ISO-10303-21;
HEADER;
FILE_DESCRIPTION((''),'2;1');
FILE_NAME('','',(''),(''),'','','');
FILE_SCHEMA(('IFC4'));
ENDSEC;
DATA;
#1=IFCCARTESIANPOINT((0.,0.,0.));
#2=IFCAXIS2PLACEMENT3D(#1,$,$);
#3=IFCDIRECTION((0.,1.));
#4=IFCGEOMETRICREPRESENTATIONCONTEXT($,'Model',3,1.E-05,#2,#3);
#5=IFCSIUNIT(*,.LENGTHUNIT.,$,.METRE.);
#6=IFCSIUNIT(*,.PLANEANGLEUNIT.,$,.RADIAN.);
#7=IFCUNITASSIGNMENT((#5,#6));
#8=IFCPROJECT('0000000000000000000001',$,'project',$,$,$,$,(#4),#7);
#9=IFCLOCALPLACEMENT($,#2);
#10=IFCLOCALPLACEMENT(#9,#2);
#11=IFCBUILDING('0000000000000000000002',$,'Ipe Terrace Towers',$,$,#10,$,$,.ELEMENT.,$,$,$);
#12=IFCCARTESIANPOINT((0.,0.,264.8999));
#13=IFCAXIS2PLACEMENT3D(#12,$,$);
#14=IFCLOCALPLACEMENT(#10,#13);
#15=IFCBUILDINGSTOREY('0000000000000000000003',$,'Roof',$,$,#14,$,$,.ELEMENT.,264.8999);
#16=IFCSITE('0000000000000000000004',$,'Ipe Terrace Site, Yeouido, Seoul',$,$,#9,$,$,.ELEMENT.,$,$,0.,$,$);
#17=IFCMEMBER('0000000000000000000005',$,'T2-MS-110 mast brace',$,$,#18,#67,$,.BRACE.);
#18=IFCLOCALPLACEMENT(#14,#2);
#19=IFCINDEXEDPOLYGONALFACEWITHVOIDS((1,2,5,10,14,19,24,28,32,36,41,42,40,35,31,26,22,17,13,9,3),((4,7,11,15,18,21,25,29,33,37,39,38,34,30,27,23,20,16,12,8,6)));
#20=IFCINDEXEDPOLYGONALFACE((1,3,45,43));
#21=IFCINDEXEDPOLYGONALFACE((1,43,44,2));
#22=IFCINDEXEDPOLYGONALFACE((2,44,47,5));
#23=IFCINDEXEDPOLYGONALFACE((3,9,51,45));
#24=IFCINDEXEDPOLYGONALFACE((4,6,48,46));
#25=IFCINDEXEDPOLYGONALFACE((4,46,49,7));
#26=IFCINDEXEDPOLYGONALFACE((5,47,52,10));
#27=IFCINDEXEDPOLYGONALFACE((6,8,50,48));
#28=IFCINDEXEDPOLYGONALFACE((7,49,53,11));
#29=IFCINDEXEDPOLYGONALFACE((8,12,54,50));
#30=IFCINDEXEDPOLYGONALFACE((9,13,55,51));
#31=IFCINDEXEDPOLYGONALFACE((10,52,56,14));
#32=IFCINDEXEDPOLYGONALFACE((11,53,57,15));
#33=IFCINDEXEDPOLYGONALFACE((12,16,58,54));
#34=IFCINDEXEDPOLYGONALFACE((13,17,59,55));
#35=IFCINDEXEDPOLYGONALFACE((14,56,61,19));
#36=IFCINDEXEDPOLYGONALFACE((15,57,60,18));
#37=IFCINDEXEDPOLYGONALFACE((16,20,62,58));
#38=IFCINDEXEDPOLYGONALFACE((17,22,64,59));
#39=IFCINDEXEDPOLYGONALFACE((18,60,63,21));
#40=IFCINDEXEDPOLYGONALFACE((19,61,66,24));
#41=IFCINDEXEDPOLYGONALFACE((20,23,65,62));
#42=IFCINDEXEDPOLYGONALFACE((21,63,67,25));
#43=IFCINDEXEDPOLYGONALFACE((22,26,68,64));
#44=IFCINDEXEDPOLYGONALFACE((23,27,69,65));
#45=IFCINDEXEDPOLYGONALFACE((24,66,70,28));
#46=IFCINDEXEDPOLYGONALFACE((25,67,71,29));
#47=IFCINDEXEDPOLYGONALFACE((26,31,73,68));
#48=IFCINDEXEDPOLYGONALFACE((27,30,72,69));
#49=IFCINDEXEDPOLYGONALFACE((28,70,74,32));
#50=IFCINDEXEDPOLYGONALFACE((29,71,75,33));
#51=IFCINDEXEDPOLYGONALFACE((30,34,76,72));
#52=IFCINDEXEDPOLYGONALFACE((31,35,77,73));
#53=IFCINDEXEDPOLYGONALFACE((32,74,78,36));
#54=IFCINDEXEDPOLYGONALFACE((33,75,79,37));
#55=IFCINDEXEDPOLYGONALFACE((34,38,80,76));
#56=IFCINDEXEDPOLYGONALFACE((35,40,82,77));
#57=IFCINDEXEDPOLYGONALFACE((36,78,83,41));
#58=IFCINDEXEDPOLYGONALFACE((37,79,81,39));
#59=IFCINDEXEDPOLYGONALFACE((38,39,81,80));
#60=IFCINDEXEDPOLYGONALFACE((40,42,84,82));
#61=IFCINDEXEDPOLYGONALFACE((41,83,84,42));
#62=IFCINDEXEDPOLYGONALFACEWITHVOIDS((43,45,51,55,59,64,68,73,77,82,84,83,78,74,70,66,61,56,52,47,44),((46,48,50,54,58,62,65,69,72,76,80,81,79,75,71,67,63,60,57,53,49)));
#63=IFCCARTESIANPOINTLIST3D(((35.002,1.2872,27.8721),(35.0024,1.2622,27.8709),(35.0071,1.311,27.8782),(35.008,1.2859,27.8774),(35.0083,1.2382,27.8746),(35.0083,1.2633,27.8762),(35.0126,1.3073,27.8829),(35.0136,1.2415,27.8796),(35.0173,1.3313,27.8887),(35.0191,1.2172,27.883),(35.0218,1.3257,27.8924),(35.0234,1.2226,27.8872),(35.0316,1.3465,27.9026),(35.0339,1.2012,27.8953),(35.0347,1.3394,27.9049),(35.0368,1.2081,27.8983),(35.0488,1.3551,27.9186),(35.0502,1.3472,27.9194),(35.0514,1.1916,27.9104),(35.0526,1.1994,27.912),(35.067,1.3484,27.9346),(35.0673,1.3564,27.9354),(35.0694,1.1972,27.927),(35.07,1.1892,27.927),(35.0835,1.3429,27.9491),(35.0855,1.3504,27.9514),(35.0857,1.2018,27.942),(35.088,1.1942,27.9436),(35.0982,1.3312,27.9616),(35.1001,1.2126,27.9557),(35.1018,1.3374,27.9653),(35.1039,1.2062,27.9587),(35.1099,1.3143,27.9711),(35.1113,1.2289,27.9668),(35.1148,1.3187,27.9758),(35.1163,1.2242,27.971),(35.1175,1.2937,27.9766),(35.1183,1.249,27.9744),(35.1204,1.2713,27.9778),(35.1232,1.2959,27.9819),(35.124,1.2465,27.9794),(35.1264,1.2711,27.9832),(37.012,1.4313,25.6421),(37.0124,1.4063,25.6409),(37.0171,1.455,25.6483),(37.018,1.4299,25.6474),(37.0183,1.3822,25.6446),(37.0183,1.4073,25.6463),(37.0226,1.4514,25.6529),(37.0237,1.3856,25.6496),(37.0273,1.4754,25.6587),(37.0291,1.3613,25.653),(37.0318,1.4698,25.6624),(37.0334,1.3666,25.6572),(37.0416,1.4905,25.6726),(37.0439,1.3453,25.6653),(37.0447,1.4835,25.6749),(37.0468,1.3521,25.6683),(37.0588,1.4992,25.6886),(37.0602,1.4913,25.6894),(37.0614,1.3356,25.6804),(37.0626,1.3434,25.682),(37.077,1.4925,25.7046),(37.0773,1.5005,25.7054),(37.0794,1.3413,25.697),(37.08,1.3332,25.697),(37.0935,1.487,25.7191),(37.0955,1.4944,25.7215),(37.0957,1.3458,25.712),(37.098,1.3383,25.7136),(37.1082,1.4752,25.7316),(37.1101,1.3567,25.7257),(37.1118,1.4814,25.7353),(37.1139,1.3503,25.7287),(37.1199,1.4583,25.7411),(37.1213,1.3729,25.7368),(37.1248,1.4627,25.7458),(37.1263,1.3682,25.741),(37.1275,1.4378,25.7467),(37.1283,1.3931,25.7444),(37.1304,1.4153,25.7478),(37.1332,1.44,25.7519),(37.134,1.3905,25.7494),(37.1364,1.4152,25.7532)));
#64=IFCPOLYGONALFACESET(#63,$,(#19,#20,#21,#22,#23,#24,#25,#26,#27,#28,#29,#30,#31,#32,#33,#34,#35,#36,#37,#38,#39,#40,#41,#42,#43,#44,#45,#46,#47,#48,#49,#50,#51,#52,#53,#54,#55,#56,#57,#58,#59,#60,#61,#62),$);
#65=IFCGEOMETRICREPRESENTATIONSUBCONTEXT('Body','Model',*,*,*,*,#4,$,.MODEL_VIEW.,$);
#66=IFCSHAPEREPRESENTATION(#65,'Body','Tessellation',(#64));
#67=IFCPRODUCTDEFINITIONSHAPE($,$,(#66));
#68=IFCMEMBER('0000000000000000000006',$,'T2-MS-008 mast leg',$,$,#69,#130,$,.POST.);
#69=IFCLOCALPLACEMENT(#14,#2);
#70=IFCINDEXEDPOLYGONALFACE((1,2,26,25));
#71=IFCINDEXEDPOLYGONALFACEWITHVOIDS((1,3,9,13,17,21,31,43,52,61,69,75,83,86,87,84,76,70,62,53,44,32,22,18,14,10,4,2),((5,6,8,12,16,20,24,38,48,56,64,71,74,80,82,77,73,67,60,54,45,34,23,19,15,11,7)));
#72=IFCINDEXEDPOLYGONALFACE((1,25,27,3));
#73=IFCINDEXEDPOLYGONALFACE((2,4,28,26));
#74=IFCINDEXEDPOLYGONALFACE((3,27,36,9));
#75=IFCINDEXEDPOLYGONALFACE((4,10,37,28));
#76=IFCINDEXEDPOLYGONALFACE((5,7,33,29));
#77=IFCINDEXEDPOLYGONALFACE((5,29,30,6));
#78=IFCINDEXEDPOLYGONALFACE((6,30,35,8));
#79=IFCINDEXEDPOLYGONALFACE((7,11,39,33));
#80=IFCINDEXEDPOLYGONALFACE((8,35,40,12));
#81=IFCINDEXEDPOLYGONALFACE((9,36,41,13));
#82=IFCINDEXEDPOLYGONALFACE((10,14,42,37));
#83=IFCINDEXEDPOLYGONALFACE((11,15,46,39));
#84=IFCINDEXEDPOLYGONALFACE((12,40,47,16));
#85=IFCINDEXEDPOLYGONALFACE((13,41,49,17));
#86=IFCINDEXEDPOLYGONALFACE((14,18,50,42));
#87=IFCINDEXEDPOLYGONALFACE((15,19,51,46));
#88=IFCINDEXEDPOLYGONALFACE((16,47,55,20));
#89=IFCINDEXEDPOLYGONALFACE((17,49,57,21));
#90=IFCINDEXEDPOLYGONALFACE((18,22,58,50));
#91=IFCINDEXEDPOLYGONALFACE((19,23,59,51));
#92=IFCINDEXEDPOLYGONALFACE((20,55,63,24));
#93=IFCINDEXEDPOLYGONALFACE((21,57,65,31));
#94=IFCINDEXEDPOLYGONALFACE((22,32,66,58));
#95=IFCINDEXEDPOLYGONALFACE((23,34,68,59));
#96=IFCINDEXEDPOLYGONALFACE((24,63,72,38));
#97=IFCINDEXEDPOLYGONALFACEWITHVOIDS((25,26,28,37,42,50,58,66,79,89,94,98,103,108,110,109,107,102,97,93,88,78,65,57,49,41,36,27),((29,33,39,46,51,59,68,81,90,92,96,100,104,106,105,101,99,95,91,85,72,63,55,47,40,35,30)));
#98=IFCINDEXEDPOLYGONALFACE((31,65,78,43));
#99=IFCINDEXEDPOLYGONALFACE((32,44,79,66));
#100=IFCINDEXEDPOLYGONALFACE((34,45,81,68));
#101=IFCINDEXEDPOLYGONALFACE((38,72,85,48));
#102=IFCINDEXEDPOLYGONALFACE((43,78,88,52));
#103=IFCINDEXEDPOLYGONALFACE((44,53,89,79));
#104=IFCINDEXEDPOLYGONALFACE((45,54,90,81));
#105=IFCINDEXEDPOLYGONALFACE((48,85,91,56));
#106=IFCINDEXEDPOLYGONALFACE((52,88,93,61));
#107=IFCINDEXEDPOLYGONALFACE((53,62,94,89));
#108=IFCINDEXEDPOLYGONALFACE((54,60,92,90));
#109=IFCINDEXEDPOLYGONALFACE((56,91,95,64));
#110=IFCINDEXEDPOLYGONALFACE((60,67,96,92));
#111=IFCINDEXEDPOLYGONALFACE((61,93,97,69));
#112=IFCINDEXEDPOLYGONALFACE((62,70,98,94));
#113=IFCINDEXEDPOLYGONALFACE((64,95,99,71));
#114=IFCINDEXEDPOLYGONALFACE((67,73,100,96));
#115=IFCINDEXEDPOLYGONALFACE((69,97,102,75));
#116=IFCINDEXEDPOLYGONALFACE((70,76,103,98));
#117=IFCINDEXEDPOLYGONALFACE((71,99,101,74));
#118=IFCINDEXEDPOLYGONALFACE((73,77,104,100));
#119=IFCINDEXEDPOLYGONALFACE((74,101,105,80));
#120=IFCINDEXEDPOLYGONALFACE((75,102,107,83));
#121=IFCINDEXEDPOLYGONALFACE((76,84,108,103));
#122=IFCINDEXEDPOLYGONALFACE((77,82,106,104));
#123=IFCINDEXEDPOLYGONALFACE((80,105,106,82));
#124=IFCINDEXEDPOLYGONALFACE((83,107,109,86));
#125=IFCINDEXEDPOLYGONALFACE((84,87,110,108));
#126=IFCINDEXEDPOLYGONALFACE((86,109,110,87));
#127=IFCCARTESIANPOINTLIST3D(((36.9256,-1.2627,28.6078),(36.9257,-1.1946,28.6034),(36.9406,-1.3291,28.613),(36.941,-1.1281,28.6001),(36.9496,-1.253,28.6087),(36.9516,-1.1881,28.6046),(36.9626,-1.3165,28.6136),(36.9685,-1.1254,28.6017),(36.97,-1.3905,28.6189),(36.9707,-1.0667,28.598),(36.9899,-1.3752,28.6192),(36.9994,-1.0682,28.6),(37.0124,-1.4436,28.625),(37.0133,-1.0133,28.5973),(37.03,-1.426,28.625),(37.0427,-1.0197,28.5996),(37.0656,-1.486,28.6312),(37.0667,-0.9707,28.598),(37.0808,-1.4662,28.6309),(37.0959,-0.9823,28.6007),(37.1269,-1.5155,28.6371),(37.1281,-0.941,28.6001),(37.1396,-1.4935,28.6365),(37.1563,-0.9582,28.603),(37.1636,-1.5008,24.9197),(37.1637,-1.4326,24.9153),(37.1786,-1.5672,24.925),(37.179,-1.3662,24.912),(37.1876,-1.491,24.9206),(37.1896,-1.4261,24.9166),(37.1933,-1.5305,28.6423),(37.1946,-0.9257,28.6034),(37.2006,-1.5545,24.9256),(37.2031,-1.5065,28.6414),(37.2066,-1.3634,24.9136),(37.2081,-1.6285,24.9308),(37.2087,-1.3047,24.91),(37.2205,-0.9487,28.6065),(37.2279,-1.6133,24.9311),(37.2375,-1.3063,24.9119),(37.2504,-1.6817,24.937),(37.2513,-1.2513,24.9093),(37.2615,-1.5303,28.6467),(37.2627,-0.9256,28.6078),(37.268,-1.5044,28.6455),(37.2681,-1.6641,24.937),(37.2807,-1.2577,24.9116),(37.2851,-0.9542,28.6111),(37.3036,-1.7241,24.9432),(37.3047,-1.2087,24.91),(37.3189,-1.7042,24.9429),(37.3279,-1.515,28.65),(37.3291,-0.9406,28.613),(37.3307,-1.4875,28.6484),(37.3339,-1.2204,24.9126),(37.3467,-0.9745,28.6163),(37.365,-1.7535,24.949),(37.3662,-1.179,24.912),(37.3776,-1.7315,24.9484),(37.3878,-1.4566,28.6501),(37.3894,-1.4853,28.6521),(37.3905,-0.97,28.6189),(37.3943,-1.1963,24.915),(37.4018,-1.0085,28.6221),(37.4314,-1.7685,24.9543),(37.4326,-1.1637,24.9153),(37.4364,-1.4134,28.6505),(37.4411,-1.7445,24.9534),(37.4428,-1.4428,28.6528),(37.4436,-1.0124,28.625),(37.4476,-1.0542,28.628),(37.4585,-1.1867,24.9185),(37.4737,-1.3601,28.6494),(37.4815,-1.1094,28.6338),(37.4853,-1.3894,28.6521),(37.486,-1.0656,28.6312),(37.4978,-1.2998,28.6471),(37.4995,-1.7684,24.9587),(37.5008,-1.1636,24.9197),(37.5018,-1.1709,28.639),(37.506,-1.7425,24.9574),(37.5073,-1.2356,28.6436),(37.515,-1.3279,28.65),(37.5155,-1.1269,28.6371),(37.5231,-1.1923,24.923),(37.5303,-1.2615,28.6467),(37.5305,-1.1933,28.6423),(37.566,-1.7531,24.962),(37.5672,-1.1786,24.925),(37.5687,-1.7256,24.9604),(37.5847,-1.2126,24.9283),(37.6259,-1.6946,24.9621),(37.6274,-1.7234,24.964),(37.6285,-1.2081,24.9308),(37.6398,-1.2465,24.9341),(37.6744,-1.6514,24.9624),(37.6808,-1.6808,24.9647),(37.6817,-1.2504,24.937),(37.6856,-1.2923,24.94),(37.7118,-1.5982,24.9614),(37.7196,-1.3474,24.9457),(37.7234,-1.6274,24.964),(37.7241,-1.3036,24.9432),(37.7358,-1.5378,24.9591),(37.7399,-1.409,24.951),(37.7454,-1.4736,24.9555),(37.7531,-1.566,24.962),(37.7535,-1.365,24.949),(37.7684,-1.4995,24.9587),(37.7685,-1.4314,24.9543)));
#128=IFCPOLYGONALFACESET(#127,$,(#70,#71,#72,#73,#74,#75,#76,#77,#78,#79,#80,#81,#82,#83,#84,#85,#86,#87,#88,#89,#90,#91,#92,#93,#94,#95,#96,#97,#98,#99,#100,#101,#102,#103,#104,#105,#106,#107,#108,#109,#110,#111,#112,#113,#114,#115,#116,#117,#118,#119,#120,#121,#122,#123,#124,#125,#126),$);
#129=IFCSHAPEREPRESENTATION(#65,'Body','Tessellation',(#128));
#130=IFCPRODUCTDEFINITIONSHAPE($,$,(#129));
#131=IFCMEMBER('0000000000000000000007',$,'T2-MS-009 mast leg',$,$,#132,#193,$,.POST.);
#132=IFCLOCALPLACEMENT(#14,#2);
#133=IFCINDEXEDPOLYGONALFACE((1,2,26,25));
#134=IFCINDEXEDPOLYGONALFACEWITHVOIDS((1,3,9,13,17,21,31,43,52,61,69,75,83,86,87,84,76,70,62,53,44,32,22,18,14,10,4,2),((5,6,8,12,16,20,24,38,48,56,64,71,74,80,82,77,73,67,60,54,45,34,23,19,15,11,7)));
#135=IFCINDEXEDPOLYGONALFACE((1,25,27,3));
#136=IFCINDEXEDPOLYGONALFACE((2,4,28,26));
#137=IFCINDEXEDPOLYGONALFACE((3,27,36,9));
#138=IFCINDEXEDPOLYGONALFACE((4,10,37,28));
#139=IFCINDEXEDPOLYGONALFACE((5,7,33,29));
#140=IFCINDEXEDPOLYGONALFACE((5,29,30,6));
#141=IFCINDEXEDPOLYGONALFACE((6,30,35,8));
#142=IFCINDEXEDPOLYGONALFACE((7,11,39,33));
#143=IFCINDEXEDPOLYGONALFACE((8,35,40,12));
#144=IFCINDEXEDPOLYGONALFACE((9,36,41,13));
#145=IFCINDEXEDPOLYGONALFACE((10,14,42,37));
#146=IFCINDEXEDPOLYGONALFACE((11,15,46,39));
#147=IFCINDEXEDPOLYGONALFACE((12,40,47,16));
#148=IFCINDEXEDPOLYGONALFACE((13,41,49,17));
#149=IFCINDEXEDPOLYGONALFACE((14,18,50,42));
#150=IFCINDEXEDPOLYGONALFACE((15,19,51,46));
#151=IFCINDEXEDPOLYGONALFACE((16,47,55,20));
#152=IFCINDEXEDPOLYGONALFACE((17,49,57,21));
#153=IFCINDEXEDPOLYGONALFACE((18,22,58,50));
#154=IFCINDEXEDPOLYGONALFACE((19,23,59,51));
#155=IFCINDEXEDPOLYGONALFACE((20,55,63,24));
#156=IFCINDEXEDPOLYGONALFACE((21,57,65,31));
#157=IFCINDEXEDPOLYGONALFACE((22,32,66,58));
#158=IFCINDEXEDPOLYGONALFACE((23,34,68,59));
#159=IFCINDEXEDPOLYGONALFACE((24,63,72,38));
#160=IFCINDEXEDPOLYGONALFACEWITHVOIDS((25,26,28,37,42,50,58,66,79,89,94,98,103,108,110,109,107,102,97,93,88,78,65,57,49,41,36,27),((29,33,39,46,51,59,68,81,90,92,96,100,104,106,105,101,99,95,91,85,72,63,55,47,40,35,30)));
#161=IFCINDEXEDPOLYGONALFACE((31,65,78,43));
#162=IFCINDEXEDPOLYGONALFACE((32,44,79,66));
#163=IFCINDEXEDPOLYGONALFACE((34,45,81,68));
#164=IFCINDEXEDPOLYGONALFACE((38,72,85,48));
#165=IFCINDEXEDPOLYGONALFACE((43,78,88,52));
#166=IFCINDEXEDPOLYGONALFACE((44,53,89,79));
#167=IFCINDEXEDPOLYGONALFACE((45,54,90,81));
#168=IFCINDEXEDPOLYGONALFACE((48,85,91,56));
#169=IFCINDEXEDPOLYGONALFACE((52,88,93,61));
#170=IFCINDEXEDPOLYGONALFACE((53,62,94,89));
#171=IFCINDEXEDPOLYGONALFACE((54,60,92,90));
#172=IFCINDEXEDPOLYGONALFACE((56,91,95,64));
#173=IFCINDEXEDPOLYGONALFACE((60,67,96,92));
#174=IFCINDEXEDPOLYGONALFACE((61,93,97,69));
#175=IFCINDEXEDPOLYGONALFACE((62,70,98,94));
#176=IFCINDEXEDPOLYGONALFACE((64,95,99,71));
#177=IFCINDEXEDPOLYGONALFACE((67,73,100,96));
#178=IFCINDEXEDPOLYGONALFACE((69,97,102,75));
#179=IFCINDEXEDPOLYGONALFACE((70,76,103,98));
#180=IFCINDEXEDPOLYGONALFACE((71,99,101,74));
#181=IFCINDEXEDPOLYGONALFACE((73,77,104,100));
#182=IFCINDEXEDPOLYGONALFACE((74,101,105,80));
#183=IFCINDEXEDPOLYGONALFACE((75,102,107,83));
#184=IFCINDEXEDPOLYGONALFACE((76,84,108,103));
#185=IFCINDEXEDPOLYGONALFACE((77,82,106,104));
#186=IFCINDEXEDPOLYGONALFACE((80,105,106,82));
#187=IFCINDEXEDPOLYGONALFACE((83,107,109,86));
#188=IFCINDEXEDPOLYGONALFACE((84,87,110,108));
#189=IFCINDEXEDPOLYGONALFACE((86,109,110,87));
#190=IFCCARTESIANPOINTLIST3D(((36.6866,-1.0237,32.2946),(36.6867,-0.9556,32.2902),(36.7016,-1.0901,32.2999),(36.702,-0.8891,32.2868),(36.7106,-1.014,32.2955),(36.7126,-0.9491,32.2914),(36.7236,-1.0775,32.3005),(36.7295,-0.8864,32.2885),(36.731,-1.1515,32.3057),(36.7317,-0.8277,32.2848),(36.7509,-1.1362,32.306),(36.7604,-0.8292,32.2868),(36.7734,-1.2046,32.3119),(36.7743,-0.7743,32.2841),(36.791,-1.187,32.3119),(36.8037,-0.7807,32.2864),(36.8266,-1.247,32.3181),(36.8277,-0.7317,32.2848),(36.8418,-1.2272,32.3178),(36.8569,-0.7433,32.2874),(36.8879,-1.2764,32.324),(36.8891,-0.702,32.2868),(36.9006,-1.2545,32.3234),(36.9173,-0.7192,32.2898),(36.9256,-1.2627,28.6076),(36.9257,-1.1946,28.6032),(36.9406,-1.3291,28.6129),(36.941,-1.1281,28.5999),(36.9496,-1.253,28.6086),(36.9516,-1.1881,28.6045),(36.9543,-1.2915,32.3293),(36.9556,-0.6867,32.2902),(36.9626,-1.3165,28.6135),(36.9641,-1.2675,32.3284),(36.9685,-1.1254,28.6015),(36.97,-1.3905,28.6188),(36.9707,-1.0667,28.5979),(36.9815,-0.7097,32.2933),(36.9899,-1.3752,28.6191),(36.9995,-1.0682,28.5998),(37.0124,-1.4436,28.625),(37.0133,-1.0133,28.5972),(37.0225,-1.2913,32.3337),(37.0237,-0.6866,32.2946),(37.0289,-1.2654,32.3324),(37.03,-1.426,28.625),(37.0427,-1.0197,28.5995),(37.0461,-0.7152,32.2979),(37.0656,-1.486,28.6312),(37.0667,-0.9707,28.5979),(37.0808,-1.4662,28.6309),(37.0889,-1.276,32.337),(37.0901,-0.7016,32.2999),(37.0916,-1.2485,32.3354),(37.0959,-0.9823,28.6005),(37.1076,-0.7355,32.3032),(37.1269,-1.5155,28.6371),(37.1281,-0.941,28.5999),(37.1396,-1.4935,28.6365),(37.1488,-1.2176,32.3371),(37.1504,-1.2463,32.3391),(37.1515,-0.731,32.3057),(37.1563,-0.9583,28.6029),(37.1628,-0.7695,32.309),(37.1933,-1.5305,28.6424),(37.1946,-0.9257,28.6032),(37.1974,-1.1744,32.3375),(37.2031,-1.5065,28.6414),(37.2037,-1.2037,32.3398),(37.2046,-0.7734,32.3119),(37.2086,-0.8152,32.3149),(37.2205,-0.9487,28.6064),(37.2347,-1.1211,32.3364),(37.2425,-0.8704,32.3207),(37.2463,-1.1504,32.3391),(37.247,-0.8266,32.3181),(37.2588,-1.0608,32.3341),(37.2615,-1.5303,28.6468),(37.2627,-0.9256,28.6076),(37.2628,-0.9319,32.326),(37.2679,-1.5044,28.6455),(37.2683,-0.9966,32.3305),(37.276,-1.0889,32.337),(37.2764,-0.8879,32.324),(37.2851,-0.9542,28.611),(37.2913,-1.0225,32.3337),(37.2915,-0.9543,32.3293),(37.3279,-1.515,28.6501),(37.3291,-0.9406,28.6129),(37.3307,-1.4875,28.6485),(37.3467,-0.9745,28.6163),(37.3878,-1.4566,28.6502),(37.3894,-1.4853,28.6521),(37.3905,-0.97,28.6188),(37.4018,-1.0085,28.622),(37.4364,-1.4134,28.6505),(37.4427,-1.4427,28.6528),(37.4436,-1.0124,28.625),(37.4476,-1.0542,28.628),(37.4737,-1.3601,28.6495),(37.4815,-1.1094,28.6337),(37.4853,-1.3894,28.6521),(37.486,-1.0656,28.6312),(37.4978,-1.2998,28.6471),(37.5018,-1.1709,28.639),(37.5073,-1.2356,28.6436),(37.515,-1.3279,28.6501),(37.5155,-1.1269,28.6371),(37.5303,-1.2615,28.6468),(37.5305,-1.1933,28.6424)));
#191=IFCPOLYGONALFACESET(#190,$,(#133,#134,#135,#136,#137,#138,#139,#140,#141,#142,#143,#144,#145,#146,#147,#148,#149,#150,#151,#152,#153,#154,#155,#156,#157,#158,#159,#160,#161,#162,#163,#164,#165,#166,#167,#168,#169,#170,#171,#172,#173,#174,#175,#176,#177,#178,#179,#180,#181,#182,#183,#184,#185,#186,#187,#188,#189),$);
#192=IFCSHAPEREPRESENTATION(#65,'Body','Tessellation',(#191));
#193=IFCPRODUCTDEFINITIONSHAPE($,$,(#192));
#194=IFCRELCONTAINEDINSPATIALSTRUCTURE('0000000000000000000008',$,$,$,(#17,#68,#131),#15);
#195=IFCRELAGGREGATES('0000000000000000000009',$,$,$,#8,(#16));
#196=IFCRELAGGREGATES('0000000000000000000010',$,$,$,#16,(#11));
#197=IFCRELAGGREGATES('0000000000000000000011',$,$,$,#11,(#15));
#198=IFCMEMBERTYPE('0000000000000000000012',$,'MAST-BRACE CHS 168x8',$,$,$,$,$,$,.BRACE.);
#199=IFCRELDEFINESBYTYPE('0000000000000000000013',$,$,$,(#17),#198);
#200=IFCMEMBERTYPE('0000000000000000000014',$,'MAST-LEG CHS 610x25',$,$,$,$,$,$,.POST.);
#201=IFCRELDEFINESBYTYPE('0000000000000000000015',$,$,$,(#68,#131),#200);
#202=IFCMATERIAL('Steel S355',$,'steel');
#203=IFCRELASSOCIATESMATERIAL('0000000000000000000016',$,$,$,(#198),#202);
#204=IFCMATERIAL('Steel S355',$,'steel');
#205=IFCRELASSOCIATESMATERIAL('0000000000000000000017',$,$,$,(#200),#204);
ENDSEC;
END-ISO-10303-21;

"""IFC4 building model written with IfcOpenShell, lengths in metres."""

from ifc_helpers import new_model, si_unit, direction, frame, origin, origin_2d, place, context, subcontext, project, spatial, hollow_circle, extrude, material, material_profile, profile_set, type_object, element, save


model = new_model("IFC4")

# Units and contexts
model_context = context("Model", 3, precision=1e-05, world=origin(), true_north=direction((0.0, 1.0)))
body_context = subcontext(model_context, "Body", "Model", "MODEL_VIEW")
ifc_project = project(units=[si_unit("LENGTHUNIT", "METRE"), si_unit("PLANEANGLEUNIT", "RADIAN")], contexts=[model_context])

# Site, building, storey
site_placement = place(None, origin())
site = spatial("IfcSite", under=ifc_project, at=site_placement, Name="Ipe Terrace Site, Yeouido, Seoul", CompositionType="ELEMENT", RefElevation=0.0)
building_placement = place(site_placement, origin())
building = spatial("IfcBuilding", under=site, at=building_placement, Name="Ipe Terrace Towers", CompositionType="ELEMENT")
storey_placement = place(building_placement, frame((0.0, 0.0, 264.8999)))
storey = spatial("IfcBuildingStorey", under=building, at=storey_placement, Name="Roof", CompositionType="ELEMENT", Elevation=264.8999)

# Members
ifc_material_1 = material(Name="Steel S355", Category="steel")
ifc_material_profile_1 = material_profile(ifc_material_1, hollow_circle(Radius=0.084, WallThickness=0.0081, at=origin_2d()), Name="MAST-BRACE CHS 168x8")
ifc_profile_set_1 = profile_set([ifc_material_profile_1], Name="Steel S355")
member_type_1 = type_object("IfcMemberType", Name="MAST-BRACE CHS 168x8", PredefinedType="BRACE", material=ifc_profile_set_1)
for number, where, z_axis, x_axis, name in (
    (1, (37.074, 1.417, 25.697), (-0.668752, -0.047925, 0.741939), (0.07148, -0.997442, 0.0), "T2-MS-110 mast brace"),
):
    element("IfcMember", number, at=place(storey_placement, frame(where, z_axis=z_axis, x_axis=x_axis)), inside=storey, type_object=member_type_1, Name=name, PredefinedType="BRACE", context=body_context, shape_type="SweptSolid", body=[
        extrude(hollow_circle(Radius=0.084, WallThickness=0.0081, at=origin_2d()), origin(), (0.0, 0.0, 1.0), 3.0056),
    ])
ifc_material_2 = material(Name="Steel S355", Category="steel")
ifc_material_profile_2 = material_profile(ifc_material_2, hollow_circle(Radius=0.3049, WallThickness=0.0249, at=origin_2d()), Name="MAST-LEG CHS 610x25")
ifc_profile_set_2 = profile_set([ifc_material_profile_2], Name="Steel S355")
member_type_2 = type_object("IfcMemberType", Name="MAST-LEG CHS 610x25", PredefinedType="POST", material=ifc_profile_set_2)
member_1_placement = place(storey_placement, frame((37.4661, -1.4661, 24.937), z_axis=(-0.064277, 0.064277, 0.99586), x_axis=(-0.707107, -0.707107, 0.0)))
element("IfcMember", 2, at=member_1_placement, inside=storey, type_object=member_type_2, Name="T2-MS-008 mast leg", PredefinedType="POST", context=body_context, shape_type="SweptSolid", body=[
    extrude(hollow_circle(Radius=0.3049, WallThickness=0.0249, at=origin_2d()), origin(), (0.0, 0.0, 1.0), 3.7034),
])
member_2_placement = place(storey_placement, frame((37.228, -1.228, 28.625), z_axis=(-0.064555, 0.064555, 0.995824), x_axis=(-0.707107, -0.707107, 0.0)))
element("IfcMember", 3, at=member_2_placement, inside=storey, type_object=member_type_2, Name="T2-MS-009 mast leg", PredefinedType="POST", context=body_context, shape_type="SweptSolid", body=[
    extrude(hollow_circle(Radius=0.3049, WallThickness=0.0249, at=origin_2d()), origin(), (0.0, 0.0, 1.0), 3.7024),
])

save(model, "model.ifc")
